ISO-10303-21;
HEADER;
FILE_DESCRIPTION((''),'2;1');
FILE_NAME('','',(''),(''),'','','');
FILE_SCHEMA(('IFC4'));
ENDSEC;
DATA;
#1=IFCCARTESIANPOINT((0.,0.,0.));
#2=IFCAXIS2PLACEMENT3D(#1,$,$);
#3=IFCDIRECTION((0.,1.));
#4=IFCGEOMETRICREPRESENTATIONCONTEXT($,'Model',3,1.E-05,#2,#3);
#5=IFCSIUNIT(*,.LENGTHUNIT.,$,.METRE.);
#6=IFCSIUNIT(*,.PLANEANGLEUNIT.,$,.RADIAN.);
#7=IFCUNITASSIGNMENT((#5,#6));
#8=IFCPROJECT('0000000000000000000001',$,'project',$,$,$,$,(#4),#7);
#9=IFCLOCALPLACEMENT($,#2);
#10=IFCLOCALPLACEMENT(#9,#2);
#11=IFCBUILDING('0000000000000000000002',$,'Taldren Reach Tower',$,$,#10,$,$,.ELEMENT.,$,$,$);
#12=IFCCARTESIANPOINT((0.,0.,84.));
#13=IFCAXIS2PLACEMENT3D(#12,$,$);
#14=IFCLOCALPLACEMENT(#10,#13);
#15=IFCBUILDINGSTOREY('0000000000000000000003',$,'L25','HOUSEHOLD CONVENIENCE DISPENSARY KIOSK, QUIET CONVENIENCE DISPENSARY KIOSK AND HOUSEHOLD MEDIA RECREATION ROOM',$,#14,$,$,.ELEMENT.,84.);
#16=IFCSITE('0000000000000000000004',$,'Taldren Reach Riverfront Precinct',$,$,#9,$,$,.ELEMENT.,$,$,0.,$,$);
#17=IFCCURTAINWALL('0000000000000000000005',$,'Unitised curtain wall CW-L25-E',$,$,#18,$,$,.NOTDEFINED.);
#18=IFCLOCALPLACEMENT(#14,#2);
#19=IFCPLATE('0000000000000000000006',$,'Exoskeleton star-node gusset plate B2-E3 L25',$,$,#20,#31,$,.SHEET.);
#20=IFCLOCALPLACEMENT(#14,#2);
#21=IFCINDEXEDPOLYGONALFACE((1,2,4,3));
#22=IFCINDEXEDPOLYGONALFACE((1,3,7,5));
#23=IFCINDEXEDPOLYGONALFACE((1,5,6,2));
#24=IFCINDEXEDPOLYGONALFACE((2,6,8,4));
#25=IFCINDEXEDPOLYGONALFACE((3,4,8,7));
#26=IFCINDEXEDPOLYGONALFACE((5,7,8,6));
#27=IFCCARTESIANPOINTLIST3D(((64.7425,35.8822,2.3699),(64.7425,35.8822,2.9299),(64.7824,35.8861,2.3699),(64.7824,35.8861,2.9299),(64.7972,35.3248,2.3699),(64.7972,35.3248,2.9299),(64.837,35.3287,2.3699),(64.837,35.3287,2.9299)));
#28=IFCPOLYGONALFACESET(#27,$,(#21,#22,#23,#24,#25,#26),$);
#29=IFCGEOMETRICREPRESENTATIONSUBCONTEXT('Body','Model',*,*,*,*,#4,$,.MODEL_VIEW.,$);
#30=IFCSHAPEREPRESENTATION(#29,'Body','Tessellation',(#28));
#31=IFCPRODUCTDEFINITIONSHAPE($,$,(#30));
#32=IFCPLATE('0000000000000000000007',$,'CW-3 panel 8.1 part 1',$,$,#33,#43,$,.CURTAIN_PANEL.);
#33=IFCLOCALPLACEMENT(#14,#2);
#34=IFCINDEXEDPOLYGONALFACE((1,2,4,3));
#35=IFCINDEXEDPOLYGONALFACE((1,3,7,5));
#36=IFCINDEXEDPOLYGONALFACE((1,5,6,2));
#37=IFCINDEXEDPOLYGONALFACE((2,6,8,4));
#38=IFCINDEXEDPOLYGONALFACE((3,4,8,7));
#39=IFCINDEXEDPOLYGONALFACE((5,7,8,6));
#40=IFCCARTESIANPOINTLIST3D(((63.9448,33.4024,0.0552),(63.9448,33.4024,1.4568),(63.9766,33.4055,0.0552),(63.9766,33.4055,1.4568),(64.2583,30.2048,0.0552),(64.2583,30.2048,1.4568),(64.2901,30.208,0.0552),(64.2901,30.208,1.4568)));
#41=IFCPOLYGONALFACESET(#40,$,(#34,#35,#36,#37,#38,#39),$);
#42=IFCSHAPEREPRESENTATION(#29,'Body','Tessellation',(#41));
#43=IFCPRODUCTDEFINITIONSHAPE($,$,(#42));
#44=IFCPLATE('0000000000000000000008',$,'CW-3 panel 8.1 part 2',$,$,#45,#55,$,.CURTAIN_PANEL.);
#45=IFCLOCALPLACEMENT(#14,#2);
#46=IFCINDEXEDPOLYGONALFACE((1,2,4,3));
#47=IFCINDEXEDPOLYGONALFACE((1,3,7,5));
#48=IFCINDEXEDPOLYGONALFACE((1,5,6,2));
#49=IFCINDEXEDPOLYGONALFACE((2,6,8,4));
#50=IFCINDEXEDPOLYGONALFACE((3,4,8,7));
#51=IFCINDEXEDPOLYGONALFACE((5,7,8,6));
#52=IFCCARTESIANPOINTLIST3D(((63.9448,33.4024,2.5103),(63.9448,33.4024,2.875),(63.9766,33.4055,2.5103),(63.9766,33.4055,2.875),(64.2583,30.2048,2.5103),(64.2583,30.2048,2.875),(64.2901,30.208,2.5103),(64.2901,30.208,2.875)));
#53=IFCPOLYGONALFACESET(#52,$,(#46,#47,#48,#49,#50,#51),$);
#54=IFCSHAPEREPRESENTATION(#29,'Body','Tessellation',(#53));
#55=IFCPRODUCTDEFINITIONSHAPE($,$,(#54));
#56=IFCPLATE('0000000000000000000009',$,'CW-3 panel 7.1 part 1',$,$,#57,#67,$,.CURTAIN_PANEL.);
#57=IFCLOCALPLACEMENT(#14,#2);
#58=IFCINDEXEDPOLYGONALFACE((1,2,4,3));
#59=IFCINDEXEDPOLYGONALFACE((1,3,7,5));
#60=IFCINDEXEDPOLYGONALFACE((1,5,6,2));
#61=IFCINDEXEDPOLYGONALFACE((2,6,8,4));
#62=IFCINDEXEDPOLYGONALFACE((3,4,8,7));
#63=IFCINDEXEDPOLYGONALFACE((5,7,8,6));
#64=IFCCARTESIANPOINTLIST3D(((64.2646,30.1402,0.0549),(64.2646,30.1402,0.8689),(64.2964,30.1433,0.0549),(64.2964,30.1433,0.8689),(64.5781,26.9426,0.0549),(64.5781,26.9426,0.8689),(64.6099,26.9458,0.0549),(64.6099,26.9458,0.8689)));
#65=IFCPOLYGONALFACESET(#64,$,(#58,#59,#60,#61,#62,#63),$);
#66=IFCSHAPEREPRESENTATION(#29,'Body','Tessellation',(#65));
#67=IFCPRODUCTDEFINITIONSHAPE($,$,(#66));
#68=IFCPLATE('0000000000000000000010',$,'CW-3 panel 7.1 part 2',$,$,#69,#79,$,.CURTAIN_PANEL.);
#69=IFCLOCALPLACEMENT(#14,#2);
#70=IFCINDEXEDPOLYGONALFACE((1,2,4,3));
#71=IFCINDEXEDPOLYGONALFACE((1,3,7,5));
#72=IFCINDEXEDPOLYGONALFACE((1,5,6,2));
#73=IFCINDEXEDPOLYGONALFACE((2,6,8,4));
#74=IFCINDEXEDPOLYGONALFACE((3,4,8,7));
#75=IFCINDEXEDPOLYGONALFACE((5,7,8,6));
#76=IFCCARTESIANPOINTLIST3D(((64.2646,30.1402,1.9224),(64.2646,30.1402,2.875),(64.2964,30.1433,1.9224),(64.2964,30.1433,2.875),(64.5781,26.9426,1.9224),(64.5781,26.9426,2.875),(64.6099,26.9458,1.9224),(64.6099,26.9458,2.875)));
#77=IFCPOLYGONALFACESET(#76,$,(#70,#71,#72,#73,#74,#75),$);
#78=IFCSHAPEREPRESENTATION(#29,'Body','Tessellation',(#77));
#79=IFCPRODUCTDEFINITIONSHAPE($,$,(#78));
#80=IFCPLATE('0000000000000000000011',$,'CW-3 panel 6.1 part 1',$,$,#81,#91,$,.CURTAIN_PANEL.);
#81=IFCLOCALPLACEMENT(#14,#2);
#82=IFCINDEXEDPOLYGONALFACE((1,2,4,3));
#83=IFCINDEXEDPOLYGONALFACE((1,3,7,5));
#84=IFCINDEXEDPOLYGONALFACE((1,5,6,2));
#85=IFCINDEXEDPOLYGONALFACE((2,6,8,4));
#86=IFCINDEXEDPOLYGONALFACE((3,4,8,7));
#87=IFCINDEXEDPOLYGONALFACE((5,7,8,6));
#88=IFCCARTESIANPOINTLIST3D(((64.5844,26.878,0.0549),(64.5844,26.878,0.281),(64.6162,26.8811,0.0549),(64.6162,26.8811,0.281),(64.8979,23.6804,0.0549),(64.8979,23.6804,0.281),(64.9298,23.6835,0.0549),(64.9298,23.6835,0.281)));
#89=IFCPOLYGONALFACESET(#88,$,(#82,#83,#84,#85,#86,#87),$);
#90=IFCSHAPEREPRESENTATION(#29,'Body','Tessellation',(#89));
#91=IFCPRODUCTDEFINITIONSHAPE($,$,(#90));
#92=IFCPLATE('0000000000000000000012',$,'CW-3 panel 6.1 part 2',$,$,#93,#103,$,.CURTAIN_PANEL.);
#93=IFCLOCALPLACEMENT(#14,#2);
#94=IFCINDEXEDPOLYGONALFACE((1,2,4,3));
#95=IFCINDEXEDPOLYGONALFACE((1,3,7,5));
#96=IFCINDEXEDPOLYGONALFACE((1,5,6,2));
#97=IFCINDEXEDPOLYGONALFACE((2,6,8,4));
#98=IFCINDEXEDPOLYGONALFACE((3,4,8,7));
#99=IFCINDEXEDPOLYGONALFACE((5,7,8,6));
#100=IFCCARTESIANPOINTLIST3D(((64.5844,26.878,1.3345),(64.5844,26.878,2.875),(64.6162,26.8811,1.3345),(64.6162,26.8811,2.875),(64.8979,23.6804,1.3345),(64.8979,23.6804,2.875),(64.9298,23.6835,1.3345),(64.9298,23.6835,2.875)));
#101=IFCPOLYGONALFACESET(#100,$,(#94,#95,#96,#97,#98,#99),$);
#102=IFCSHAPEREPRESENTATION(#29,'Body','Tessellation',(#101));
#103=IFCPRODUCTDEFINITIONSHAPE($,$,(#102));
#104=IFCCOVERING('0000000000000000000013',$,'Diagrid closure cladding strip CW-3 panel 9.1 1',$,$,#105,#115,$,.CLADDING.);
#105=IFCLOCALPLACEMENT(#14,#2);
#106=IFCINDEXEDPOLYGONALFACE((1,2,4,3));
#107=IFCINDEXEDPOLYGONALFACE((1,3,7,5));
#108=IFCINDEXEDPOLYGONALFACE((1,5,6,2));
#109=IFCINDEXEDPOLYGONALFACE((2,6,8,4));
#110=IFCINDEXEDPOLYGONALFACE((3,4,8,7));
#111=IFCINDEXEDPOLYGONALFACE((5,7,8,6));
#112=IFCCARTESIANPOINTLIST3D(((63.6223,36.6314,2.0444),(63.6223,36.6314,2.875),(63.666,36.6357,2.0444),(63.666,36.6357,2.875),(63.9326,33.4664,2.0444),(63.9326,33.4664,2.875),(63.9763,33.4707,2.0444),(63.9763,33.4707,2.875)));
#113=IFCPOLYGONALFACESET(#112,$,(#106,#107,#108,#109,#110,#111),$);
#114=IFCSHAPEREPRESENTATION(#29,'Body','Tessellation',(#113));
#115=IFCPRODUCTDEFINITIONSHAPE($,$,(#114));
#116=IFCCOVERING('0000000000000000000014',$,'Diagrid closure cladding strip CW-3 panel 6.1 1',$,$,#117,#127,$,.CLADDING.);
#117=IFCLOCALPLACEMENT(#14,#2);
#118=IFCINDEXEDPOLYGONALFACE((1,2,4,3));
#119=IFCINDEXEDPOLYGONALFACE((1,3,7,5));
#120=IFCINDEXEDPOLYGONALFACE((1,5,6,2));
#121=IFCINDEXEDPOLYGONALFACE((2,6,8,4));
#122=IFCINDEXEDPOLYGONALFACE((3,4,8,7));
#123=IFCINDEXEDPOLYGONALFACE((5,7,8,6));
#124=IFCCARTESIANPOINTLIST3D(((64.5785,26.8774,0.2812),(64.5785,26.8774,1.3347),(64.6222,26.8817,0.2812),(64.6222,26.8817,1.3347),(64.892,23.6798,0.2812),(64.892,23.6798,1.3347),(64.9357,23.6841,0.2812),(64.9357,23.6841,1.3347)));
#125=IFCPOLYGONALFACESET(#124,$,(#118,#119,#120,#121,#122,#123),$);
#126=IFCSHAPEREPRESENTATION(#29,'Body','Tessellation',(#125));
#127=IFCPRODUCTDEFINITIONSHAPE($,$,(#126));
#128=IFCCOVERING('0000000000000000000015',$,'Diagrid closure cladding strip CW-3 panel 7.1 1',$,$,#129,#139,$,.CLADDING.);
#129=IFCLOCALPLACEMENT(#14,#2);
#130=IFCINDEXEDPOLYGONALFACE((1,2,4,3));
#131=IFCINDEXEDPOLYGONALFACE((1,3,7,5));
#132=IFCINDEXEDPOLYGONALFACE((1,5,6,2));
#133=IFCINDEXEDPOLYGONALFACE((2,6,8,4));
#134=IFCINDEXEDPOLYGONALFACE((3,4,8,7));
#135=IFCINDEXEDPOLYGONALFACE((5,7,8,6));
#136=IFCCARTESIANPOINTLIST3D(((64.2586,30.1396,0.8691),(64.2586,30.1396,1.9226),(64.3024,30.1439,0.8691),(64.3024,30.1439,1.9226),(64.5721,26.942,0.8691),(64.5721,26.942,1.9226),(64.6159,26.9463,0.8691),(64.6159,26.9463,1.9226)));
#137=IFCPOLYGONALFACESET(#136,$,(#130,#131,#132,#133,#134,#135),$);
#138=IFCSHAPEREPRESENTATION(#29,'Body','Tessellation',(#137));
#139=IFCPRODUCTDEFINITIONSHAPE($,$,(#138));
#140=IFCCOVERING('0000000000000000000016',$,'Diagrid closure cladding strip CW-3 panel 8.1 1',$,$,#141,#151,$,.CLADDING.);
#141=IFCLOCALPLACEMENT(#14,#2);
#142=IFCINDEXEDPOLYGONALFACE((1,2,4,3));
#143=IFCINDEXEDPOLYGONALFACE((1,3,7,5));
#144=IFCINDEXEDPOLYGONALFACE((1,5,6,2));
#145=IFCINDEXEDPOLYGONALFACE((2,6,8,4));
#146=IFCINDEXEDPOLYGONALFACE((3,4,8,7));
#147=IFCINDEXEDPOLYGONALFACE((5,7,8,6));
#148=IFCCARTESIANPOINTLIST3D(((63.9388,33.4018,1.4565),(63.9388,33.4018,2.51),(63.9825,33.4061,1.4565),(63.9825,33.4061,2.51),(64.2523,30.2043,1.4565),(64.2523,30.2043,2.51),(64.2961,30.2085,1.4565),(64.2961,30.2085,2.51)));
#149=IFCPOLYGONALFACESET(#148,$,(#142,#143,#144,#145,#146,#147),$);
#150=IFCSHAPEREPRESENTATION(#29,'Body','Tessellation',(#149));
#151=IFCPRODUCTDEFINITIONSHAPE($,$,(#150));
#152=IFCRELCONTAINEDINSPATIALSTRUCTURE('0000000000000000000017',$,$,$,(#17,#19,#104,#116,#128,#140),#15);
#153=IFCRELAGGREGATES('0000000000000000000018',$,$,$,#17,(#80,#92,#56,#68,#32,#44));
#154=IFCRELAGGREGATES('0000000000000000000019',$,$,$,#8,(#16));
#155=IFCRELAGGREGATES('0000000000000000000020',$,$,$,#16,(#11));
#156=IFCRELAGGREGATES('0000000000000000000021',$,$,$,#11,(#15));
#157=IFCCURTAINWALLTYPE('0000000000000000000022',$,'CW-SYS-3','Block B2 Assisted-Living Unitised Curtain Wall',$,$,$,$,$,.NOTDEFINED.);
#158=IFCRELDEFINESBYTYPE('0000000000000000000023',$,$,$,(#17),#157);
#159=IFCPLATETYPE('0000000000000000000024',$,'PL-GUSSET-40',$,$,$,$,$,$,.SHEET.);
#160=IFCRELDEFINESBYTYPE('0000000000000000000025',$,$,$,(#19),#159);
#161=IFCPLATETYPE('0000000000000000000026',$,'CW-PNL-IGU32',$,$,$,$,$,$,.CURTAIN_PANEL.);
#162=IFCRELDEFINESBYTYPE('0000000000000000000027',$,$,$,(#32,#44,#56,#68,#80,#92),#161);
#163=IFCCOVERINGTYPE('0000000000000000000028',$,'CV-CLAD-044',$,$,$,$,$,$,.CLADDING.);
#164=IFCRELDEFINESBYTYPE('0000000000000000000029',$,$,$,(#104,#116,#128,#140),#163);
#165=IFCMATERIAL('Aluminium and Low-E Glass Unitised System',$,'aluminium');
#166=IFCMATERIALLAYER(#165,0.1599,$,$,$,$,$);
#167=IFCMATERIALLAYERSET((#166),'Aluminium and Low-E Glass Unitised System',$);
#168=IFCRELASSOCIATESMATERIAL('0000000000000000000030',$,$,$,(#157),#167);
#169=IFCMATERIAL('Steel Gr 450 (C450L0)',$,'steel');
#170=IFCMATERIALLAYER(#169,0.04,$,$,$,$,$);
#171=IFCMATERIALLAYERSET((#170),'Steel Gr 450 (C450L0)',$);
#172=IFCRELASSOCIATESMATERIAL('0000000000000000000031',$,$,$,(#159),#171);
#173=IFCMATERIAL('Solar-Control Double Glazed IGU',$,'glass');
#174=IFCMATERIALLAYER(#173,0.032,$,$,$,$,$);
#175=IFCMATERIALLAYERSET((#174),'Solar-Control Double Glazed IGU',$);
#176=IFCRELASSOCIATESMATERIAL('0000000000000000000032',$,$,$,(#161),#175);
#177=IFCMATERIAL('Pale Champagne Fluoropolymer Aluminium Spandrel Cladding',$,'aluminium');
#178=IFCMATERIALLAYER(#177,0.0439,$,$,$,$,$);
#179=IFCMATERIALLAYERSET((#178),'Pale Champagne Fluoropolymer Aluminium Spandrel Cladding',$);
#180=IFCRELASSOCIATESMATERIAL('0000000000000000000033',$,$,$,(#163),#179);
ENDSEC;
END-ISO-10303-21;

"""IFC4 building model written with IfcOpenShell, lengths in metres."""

from ifc_helpers import new_model, si_unit, direction, frame, origin, origin_2d, place, context, subcontext, project, spatial, rectangle, extrude, source, transform, mapped, material, layer, layer_set, type_object, element, aggregate, save


model = new_model("IFC4")

# Units and contexts
model_context = context("Model", 3, precision=1e-05, world=origin(), true_north=direction((0.0, 1.0)))
body_context = subcontext(model_context, "Body", "Model", "MODEL_VIEW")
ifc_project = project(units=[si_unit("LENGTHUNIT", "METRE"), si_unit("PLANEANGLEUNIT", "RADIAN")], contexts=[model_context])

# Site, building, storey
site_placement = place(None, origin())
site = spatial("IfcSite", under=ifc_project, at=site_placement, Name="Taldren Reach Riverfront Precinct", CompositionType="ELEMENT", RefElevation=0.0)
building_placement = place(site_placement, origin())
building = spatial("IfcBuilding", under=site, at=building_placement, Name="Taldren Reach Tower", CompositionType="ELEMENT")
storey_placement = place(building_placement, frame((0.0, 0.0, 84.0)))
storey = spatial("IfcBuildingStorey", under=building, at=storey_placement, Name="L25", Description="HOUSEHOLD CONVENIENCE DISPENSARY KIOSK, QUIET CONVENIENCE DISPENSARY KIOSK AND HOUSEHOLD MEDIA RECREATION ROOM", CompositionType="ELEMENT", Elevation=84.0)

# Shared definitions
ifc_material_1 = material(Name="Steel Gr 450 (C450L0)", Category="steel")

# Curtain wall
ifc_material_2 = material(Name="Aluminium and Low-E Glass Unitised System", Category="aluminium")
ifc_layer_1 = layer(ifc_material_2, 0.1599)
ifc_layer_set_1 = layer_set([ifc_layer_1], Name="Aluminium and Low-E Glass Unitised System")
curtain_wall_type = type_object("IfcCurtainWallType", Name="CW-SYS-3", Description="Block B2 Assisted-Living Unitised Curtain Wall", PredefinedType="NOTDEFINED", material=ifc_layer_set_1)
curtain_wall_placement = place(storey_placement, origin())
curtain_wall = element("IfcCurtainWall", 1, at=curtain_wall_placement, inside=storey, type_object=curtain_wall_type, Name="Unitised curtain wall CW-L25-E", PredefinedType="NOTDEFINED")

# Plates
ifc_layer_2 = layer(ifc_material_1, 0.04)
ifc_layer_set_2 = layer_set([ifc_layer_2], Name="Steel Gr 450 (C450L0)")
plate_type_1 = type_object("IfcPlateType", Name="PL-GUSSET-40", PredefinedType="SHEET", material=ifc_layer_set_2)
shared_shape_1 = source(origin(), body_context, "Body", "SweptSolid", [
    extrude(rectangle(XDim=0.5601, YDim=0.04, at=origin_2d()), origin(), (0.0, 0.0, 1.0), 0.5601),
])
plate_1_placement = place(storey_placement, frame((64.7898, 35.6055, 2.3699), z_axis=(0.0, 0.0, 1.0), x_axis=(-0.097583, 0.995227, 0.0)))
element("IfcPlate", 2, at=plate_1_placement, inside=storey, type_object=plate_type_1, Name="Exoskeleton star-node gusset plate B2-E3 L25", PredefinedType="SHEET", context=body_context, shape_type="MappedRepresentation", body=[
    mapped(shared_shape_1, transform((0.0, 0.0, 0.0), scale=1.0)),
])
ifc_material_3 = material(Name="Solar-Control Double Glazed IGU", Category="glass")
ifc_layer_3 = layer(ifc_material_3, 0.032)
ifc_layer_set_3 = layer_set([ifc_layer_3], Name="Solar-Control Double Glazed IGU")
plate_type_2 = type_object("IfcPlateType", Name="CW-PNL-IGU32", PredefinedType="CURTAIN_PANEL", material=ifc_layer_set_3)
shared_shape_2 = source(origin(), body_context, "Body", "SweptSolid", [
    extrude(rectangle(XDim=3.2129, YDim=0.032, at=origin_2d()), origin(), (0.0, 0.0, 1.0), 1.4016),
])
plate_2_placement = place(storey_placement, frame((64.1174, 31.8052, 0.0552), z_axis=(0.0, 0.0, 1.0), x_axis=(-0.097583, 0.995227, 0.0)))
plate_2 = element("IfcPlate", 3, at=plate_2_placement, type_object=plate_type_2, Name="CW-3 panel 8.1 part 1", PredefinedType="CURTAIN_PANEL", context=body_context, shape_type="MappedRepresentation", body=[
    mapped(shared_shape_2, transform((0.0, 0.0, 0.0), scale=1.0)),
])
shared_shape_3 = source(origin(), body_context, "Body", "SweptSolid", [
    extrude(rectangle(XDim=3.2129, YDim=0.032, at=origin_2d()), origin(), (0.0, 0.0, 1.0), 0.3647),
])
plate_3_placement = place(storey_placement, frame((64.1174, 31.8052, 2.5103), z_axis=(0.0, 0.0, 1.0), x_axis=(-0.097583, 0.995227, 0.0)))
plate_3 = element("IfcPlate", 4, at=plate_3_placement, type_object=plate_type_2, Name="CW-3 panel 8.1 part 2", PredefinedType="CURTAIN_PANEL", context=body_context, shape_type="MappedRepresentation", body=[
    mapped(shared_shape_3, transform((0.0, 0.0, 0.0), scale=1.0)),
])
shared_shape_4 = source(origin(), body_context, "Body", "SweptSolid", [
    extrude(rectangle(XDim=3.2129, YDim=0.032, at=origin_2d()), origin(), (0.0, 0.0, 1.0), 0.814),
])
plate_4_placement = place(storey_placement, frame((64.4373, 28.543, 0.0549), z_axis=(0.0, 0.0, 1.0), x_axis=(-0.097583, 0.995227, 0.0)))
plate_4 = element("IfcPlate", 5, at=plate_4_placement, type_object=plate_type_2, Name="CW-3 panel 7.1 part 1", PredefinedType="CURTAIN_PANEL", context=body_context, shape_type="MappedRepresentation", body=[
    mapped(shared_shape_4, transform((0.0, 0.0, 0.0), scale=1.0)),
])
shared_shape_5 = source(origin(), body_context, "Body", "SweptSolid", [
    extrude(rectangle(XDim=3.2129, YDim=0.032, at=origin_2d()), origin(), (0.0, 0.0, 1.0), 0.9526),
])
plate_5_placement = place(storey_placement, frame((64.4373, 28.543, 1.9224), z_axis=(0.0, 0.0, 1.0), x_axis=(-0.097583, 0.995227, 0.0)))
plate_5 = element("IfcPlate", 6, at=plate_5_placement, type_object=plate_type_2, Name="CW-3 panel 7.1 part 2", PredefinedType="CURTAIN_PANEL", context=body_context, shape_type="MappedRepresentation", body=[
    mapped(shared_shape_5, transform((0.0, 0.0, 0.0), scale=1.0)),
])
shared_shape_6 = source(origin(), body_context, "Body", "SweptSolid", [
    extrude(rectangle(XDim=3.2129, YDim=0.032, at=origin_2d()), origin(), (0.0, 0.0, 1.0), 0.2261),
])
plate_6_placement = place(storey_placement, frame((64.7571, 25.2808, 0.0549), z_axis=(0.0, 0.0, 1.0), x_axis=(-0.097583, 0.995227, 0.0)))
plate_6 = element("IfcPlate", 7, at=plate_6_placement, type_object=plate_type_2, Name="CW-3 panel 6.1 part 1", PredefinedType="CURTAIN_PANEL", context=body_context, shape_type="MappedRepresentation", body=[
    mapped(shared_shape_6, transform((0.0, 0.0, 0.0), scale=1.0)),
])
shared_shape_7 = source(origin(), body_context, "Body", "SweptSolid", [
    extrude(rectangle(XDim=3.2129, YDim=0.032, at=origin_2d()), origin(), (0.0, 0.0, 1.0), 1.5405),
])
plate_7_placement = place(storey_placement, frame((64.7571, 25.2808, 1.3345), z_axis=(0.0, 0.0, 1.0), x_axis=(-0.097583, 0.995227, 0.0)))
plate_7 = element("IfcPlate", 8, at=plate_7_placement, type_object=plate_type_2, Name="CW-3 panel 6.1 part 2", PredefinedType="CURTAIN_PANEL", context=body_context, shape_type="MappedRepresentation", body=[
    mapped(shared_shape_7, transform((0.0, 0.0, 0.0), scale=1.0)),
])
aggregate(curtain_wall, [plate_6, plate_7, plate_4, plate_5, plate_2, plate_3])

# Coverings
ifc_material_4 = material(Name="Pale Champagne Fluoropolymer Aluminium Spandrel Cladding", Category="aluminium")
ifc_layer_4 = layer(ifc_material_4, 0.0439)
ifc_layer_set_4 = layer_set([ifc_layer_4], Name="Pale Champagne Fluoropolymer Aluminium Spandrel Cladding")
covering_type = type_object("IfcCoveringType", Name="CV-CLAD-044", PredefinedType="CLADDING", material=ifc_layer_set_4)
shared_shape_8 = source(origin(), body_context, "Body", "SweptSolid", [
    extrude(rectangle(XDim=3.1802, YDim=0.0439, at=origin_2d()), origin(), (0.0, 0.0, 1.0), 0.8306),
])
covering_placement = place(storey_placement, frame((63.7993, 35.051, 2.0444), z_axis=(0.0, 0.0, 1.0), x_axis=(-0.097583, 0.995227, 0.0)))
element("IfcCovering", 9, at=covering_placement, inside=storey, type_object=covering_type, Name="Diagrid closure cladding strip CW-3 panel 9.1 1", PredefinedType="CLADDING", context=body_context, shape_type="MappedRepresentation", body=[
    mapped(shared_shape_8, transform((0.0, 0.0, 0.0), scale=1.0)),
])
shared_shape_9 = source(origin(), body_context, "Body", "SweptSolid", [
    extrude(rectangle(XDim=3.2129, YDim=0.0439, at=origin_2d()), origin(), (0.0, 0.0, 1.0), 1.0535),
])
for number, where, z_axis, x_axis, name in (
    (10, (64.7571, 25.2808, 0.2812), (0.0, 0.0, 1.0), (-0.097583, 0.995227, 0.0), "Diagrid closure cladding strip CW-3 panel 6.1 1"),
    (11, (64.4373, 28.543, 0.8691), (0.0, 0.0, 1.0), (-0.097583, 0.995227, 0.0), "Diagrid closure cladding strip CW-3 panel 7.1 1"),
    (12, (64.1174, 31.8052, 1.4565), (0.0, 0.0, 1.0), (-0.097583, 0.995227, 0.0), "Diagrid closure cladding strip CW-3 panel 8.1 1"),
):
    element("IfcCovering", number, at=place(storey_placement, frame(where, z_axis=z_axis, x_axis=x_axis)), inside=storey, type_object=covering_type, Name=name, PredefinedType="CLADDING", context=body_context, shape_type="MappedRepresentation", body=[
        mapped(shared_shape_9, transform((0.0, 0.0, 0.0), scale=1.0)),
    ])

save(model, "model.ifc")
